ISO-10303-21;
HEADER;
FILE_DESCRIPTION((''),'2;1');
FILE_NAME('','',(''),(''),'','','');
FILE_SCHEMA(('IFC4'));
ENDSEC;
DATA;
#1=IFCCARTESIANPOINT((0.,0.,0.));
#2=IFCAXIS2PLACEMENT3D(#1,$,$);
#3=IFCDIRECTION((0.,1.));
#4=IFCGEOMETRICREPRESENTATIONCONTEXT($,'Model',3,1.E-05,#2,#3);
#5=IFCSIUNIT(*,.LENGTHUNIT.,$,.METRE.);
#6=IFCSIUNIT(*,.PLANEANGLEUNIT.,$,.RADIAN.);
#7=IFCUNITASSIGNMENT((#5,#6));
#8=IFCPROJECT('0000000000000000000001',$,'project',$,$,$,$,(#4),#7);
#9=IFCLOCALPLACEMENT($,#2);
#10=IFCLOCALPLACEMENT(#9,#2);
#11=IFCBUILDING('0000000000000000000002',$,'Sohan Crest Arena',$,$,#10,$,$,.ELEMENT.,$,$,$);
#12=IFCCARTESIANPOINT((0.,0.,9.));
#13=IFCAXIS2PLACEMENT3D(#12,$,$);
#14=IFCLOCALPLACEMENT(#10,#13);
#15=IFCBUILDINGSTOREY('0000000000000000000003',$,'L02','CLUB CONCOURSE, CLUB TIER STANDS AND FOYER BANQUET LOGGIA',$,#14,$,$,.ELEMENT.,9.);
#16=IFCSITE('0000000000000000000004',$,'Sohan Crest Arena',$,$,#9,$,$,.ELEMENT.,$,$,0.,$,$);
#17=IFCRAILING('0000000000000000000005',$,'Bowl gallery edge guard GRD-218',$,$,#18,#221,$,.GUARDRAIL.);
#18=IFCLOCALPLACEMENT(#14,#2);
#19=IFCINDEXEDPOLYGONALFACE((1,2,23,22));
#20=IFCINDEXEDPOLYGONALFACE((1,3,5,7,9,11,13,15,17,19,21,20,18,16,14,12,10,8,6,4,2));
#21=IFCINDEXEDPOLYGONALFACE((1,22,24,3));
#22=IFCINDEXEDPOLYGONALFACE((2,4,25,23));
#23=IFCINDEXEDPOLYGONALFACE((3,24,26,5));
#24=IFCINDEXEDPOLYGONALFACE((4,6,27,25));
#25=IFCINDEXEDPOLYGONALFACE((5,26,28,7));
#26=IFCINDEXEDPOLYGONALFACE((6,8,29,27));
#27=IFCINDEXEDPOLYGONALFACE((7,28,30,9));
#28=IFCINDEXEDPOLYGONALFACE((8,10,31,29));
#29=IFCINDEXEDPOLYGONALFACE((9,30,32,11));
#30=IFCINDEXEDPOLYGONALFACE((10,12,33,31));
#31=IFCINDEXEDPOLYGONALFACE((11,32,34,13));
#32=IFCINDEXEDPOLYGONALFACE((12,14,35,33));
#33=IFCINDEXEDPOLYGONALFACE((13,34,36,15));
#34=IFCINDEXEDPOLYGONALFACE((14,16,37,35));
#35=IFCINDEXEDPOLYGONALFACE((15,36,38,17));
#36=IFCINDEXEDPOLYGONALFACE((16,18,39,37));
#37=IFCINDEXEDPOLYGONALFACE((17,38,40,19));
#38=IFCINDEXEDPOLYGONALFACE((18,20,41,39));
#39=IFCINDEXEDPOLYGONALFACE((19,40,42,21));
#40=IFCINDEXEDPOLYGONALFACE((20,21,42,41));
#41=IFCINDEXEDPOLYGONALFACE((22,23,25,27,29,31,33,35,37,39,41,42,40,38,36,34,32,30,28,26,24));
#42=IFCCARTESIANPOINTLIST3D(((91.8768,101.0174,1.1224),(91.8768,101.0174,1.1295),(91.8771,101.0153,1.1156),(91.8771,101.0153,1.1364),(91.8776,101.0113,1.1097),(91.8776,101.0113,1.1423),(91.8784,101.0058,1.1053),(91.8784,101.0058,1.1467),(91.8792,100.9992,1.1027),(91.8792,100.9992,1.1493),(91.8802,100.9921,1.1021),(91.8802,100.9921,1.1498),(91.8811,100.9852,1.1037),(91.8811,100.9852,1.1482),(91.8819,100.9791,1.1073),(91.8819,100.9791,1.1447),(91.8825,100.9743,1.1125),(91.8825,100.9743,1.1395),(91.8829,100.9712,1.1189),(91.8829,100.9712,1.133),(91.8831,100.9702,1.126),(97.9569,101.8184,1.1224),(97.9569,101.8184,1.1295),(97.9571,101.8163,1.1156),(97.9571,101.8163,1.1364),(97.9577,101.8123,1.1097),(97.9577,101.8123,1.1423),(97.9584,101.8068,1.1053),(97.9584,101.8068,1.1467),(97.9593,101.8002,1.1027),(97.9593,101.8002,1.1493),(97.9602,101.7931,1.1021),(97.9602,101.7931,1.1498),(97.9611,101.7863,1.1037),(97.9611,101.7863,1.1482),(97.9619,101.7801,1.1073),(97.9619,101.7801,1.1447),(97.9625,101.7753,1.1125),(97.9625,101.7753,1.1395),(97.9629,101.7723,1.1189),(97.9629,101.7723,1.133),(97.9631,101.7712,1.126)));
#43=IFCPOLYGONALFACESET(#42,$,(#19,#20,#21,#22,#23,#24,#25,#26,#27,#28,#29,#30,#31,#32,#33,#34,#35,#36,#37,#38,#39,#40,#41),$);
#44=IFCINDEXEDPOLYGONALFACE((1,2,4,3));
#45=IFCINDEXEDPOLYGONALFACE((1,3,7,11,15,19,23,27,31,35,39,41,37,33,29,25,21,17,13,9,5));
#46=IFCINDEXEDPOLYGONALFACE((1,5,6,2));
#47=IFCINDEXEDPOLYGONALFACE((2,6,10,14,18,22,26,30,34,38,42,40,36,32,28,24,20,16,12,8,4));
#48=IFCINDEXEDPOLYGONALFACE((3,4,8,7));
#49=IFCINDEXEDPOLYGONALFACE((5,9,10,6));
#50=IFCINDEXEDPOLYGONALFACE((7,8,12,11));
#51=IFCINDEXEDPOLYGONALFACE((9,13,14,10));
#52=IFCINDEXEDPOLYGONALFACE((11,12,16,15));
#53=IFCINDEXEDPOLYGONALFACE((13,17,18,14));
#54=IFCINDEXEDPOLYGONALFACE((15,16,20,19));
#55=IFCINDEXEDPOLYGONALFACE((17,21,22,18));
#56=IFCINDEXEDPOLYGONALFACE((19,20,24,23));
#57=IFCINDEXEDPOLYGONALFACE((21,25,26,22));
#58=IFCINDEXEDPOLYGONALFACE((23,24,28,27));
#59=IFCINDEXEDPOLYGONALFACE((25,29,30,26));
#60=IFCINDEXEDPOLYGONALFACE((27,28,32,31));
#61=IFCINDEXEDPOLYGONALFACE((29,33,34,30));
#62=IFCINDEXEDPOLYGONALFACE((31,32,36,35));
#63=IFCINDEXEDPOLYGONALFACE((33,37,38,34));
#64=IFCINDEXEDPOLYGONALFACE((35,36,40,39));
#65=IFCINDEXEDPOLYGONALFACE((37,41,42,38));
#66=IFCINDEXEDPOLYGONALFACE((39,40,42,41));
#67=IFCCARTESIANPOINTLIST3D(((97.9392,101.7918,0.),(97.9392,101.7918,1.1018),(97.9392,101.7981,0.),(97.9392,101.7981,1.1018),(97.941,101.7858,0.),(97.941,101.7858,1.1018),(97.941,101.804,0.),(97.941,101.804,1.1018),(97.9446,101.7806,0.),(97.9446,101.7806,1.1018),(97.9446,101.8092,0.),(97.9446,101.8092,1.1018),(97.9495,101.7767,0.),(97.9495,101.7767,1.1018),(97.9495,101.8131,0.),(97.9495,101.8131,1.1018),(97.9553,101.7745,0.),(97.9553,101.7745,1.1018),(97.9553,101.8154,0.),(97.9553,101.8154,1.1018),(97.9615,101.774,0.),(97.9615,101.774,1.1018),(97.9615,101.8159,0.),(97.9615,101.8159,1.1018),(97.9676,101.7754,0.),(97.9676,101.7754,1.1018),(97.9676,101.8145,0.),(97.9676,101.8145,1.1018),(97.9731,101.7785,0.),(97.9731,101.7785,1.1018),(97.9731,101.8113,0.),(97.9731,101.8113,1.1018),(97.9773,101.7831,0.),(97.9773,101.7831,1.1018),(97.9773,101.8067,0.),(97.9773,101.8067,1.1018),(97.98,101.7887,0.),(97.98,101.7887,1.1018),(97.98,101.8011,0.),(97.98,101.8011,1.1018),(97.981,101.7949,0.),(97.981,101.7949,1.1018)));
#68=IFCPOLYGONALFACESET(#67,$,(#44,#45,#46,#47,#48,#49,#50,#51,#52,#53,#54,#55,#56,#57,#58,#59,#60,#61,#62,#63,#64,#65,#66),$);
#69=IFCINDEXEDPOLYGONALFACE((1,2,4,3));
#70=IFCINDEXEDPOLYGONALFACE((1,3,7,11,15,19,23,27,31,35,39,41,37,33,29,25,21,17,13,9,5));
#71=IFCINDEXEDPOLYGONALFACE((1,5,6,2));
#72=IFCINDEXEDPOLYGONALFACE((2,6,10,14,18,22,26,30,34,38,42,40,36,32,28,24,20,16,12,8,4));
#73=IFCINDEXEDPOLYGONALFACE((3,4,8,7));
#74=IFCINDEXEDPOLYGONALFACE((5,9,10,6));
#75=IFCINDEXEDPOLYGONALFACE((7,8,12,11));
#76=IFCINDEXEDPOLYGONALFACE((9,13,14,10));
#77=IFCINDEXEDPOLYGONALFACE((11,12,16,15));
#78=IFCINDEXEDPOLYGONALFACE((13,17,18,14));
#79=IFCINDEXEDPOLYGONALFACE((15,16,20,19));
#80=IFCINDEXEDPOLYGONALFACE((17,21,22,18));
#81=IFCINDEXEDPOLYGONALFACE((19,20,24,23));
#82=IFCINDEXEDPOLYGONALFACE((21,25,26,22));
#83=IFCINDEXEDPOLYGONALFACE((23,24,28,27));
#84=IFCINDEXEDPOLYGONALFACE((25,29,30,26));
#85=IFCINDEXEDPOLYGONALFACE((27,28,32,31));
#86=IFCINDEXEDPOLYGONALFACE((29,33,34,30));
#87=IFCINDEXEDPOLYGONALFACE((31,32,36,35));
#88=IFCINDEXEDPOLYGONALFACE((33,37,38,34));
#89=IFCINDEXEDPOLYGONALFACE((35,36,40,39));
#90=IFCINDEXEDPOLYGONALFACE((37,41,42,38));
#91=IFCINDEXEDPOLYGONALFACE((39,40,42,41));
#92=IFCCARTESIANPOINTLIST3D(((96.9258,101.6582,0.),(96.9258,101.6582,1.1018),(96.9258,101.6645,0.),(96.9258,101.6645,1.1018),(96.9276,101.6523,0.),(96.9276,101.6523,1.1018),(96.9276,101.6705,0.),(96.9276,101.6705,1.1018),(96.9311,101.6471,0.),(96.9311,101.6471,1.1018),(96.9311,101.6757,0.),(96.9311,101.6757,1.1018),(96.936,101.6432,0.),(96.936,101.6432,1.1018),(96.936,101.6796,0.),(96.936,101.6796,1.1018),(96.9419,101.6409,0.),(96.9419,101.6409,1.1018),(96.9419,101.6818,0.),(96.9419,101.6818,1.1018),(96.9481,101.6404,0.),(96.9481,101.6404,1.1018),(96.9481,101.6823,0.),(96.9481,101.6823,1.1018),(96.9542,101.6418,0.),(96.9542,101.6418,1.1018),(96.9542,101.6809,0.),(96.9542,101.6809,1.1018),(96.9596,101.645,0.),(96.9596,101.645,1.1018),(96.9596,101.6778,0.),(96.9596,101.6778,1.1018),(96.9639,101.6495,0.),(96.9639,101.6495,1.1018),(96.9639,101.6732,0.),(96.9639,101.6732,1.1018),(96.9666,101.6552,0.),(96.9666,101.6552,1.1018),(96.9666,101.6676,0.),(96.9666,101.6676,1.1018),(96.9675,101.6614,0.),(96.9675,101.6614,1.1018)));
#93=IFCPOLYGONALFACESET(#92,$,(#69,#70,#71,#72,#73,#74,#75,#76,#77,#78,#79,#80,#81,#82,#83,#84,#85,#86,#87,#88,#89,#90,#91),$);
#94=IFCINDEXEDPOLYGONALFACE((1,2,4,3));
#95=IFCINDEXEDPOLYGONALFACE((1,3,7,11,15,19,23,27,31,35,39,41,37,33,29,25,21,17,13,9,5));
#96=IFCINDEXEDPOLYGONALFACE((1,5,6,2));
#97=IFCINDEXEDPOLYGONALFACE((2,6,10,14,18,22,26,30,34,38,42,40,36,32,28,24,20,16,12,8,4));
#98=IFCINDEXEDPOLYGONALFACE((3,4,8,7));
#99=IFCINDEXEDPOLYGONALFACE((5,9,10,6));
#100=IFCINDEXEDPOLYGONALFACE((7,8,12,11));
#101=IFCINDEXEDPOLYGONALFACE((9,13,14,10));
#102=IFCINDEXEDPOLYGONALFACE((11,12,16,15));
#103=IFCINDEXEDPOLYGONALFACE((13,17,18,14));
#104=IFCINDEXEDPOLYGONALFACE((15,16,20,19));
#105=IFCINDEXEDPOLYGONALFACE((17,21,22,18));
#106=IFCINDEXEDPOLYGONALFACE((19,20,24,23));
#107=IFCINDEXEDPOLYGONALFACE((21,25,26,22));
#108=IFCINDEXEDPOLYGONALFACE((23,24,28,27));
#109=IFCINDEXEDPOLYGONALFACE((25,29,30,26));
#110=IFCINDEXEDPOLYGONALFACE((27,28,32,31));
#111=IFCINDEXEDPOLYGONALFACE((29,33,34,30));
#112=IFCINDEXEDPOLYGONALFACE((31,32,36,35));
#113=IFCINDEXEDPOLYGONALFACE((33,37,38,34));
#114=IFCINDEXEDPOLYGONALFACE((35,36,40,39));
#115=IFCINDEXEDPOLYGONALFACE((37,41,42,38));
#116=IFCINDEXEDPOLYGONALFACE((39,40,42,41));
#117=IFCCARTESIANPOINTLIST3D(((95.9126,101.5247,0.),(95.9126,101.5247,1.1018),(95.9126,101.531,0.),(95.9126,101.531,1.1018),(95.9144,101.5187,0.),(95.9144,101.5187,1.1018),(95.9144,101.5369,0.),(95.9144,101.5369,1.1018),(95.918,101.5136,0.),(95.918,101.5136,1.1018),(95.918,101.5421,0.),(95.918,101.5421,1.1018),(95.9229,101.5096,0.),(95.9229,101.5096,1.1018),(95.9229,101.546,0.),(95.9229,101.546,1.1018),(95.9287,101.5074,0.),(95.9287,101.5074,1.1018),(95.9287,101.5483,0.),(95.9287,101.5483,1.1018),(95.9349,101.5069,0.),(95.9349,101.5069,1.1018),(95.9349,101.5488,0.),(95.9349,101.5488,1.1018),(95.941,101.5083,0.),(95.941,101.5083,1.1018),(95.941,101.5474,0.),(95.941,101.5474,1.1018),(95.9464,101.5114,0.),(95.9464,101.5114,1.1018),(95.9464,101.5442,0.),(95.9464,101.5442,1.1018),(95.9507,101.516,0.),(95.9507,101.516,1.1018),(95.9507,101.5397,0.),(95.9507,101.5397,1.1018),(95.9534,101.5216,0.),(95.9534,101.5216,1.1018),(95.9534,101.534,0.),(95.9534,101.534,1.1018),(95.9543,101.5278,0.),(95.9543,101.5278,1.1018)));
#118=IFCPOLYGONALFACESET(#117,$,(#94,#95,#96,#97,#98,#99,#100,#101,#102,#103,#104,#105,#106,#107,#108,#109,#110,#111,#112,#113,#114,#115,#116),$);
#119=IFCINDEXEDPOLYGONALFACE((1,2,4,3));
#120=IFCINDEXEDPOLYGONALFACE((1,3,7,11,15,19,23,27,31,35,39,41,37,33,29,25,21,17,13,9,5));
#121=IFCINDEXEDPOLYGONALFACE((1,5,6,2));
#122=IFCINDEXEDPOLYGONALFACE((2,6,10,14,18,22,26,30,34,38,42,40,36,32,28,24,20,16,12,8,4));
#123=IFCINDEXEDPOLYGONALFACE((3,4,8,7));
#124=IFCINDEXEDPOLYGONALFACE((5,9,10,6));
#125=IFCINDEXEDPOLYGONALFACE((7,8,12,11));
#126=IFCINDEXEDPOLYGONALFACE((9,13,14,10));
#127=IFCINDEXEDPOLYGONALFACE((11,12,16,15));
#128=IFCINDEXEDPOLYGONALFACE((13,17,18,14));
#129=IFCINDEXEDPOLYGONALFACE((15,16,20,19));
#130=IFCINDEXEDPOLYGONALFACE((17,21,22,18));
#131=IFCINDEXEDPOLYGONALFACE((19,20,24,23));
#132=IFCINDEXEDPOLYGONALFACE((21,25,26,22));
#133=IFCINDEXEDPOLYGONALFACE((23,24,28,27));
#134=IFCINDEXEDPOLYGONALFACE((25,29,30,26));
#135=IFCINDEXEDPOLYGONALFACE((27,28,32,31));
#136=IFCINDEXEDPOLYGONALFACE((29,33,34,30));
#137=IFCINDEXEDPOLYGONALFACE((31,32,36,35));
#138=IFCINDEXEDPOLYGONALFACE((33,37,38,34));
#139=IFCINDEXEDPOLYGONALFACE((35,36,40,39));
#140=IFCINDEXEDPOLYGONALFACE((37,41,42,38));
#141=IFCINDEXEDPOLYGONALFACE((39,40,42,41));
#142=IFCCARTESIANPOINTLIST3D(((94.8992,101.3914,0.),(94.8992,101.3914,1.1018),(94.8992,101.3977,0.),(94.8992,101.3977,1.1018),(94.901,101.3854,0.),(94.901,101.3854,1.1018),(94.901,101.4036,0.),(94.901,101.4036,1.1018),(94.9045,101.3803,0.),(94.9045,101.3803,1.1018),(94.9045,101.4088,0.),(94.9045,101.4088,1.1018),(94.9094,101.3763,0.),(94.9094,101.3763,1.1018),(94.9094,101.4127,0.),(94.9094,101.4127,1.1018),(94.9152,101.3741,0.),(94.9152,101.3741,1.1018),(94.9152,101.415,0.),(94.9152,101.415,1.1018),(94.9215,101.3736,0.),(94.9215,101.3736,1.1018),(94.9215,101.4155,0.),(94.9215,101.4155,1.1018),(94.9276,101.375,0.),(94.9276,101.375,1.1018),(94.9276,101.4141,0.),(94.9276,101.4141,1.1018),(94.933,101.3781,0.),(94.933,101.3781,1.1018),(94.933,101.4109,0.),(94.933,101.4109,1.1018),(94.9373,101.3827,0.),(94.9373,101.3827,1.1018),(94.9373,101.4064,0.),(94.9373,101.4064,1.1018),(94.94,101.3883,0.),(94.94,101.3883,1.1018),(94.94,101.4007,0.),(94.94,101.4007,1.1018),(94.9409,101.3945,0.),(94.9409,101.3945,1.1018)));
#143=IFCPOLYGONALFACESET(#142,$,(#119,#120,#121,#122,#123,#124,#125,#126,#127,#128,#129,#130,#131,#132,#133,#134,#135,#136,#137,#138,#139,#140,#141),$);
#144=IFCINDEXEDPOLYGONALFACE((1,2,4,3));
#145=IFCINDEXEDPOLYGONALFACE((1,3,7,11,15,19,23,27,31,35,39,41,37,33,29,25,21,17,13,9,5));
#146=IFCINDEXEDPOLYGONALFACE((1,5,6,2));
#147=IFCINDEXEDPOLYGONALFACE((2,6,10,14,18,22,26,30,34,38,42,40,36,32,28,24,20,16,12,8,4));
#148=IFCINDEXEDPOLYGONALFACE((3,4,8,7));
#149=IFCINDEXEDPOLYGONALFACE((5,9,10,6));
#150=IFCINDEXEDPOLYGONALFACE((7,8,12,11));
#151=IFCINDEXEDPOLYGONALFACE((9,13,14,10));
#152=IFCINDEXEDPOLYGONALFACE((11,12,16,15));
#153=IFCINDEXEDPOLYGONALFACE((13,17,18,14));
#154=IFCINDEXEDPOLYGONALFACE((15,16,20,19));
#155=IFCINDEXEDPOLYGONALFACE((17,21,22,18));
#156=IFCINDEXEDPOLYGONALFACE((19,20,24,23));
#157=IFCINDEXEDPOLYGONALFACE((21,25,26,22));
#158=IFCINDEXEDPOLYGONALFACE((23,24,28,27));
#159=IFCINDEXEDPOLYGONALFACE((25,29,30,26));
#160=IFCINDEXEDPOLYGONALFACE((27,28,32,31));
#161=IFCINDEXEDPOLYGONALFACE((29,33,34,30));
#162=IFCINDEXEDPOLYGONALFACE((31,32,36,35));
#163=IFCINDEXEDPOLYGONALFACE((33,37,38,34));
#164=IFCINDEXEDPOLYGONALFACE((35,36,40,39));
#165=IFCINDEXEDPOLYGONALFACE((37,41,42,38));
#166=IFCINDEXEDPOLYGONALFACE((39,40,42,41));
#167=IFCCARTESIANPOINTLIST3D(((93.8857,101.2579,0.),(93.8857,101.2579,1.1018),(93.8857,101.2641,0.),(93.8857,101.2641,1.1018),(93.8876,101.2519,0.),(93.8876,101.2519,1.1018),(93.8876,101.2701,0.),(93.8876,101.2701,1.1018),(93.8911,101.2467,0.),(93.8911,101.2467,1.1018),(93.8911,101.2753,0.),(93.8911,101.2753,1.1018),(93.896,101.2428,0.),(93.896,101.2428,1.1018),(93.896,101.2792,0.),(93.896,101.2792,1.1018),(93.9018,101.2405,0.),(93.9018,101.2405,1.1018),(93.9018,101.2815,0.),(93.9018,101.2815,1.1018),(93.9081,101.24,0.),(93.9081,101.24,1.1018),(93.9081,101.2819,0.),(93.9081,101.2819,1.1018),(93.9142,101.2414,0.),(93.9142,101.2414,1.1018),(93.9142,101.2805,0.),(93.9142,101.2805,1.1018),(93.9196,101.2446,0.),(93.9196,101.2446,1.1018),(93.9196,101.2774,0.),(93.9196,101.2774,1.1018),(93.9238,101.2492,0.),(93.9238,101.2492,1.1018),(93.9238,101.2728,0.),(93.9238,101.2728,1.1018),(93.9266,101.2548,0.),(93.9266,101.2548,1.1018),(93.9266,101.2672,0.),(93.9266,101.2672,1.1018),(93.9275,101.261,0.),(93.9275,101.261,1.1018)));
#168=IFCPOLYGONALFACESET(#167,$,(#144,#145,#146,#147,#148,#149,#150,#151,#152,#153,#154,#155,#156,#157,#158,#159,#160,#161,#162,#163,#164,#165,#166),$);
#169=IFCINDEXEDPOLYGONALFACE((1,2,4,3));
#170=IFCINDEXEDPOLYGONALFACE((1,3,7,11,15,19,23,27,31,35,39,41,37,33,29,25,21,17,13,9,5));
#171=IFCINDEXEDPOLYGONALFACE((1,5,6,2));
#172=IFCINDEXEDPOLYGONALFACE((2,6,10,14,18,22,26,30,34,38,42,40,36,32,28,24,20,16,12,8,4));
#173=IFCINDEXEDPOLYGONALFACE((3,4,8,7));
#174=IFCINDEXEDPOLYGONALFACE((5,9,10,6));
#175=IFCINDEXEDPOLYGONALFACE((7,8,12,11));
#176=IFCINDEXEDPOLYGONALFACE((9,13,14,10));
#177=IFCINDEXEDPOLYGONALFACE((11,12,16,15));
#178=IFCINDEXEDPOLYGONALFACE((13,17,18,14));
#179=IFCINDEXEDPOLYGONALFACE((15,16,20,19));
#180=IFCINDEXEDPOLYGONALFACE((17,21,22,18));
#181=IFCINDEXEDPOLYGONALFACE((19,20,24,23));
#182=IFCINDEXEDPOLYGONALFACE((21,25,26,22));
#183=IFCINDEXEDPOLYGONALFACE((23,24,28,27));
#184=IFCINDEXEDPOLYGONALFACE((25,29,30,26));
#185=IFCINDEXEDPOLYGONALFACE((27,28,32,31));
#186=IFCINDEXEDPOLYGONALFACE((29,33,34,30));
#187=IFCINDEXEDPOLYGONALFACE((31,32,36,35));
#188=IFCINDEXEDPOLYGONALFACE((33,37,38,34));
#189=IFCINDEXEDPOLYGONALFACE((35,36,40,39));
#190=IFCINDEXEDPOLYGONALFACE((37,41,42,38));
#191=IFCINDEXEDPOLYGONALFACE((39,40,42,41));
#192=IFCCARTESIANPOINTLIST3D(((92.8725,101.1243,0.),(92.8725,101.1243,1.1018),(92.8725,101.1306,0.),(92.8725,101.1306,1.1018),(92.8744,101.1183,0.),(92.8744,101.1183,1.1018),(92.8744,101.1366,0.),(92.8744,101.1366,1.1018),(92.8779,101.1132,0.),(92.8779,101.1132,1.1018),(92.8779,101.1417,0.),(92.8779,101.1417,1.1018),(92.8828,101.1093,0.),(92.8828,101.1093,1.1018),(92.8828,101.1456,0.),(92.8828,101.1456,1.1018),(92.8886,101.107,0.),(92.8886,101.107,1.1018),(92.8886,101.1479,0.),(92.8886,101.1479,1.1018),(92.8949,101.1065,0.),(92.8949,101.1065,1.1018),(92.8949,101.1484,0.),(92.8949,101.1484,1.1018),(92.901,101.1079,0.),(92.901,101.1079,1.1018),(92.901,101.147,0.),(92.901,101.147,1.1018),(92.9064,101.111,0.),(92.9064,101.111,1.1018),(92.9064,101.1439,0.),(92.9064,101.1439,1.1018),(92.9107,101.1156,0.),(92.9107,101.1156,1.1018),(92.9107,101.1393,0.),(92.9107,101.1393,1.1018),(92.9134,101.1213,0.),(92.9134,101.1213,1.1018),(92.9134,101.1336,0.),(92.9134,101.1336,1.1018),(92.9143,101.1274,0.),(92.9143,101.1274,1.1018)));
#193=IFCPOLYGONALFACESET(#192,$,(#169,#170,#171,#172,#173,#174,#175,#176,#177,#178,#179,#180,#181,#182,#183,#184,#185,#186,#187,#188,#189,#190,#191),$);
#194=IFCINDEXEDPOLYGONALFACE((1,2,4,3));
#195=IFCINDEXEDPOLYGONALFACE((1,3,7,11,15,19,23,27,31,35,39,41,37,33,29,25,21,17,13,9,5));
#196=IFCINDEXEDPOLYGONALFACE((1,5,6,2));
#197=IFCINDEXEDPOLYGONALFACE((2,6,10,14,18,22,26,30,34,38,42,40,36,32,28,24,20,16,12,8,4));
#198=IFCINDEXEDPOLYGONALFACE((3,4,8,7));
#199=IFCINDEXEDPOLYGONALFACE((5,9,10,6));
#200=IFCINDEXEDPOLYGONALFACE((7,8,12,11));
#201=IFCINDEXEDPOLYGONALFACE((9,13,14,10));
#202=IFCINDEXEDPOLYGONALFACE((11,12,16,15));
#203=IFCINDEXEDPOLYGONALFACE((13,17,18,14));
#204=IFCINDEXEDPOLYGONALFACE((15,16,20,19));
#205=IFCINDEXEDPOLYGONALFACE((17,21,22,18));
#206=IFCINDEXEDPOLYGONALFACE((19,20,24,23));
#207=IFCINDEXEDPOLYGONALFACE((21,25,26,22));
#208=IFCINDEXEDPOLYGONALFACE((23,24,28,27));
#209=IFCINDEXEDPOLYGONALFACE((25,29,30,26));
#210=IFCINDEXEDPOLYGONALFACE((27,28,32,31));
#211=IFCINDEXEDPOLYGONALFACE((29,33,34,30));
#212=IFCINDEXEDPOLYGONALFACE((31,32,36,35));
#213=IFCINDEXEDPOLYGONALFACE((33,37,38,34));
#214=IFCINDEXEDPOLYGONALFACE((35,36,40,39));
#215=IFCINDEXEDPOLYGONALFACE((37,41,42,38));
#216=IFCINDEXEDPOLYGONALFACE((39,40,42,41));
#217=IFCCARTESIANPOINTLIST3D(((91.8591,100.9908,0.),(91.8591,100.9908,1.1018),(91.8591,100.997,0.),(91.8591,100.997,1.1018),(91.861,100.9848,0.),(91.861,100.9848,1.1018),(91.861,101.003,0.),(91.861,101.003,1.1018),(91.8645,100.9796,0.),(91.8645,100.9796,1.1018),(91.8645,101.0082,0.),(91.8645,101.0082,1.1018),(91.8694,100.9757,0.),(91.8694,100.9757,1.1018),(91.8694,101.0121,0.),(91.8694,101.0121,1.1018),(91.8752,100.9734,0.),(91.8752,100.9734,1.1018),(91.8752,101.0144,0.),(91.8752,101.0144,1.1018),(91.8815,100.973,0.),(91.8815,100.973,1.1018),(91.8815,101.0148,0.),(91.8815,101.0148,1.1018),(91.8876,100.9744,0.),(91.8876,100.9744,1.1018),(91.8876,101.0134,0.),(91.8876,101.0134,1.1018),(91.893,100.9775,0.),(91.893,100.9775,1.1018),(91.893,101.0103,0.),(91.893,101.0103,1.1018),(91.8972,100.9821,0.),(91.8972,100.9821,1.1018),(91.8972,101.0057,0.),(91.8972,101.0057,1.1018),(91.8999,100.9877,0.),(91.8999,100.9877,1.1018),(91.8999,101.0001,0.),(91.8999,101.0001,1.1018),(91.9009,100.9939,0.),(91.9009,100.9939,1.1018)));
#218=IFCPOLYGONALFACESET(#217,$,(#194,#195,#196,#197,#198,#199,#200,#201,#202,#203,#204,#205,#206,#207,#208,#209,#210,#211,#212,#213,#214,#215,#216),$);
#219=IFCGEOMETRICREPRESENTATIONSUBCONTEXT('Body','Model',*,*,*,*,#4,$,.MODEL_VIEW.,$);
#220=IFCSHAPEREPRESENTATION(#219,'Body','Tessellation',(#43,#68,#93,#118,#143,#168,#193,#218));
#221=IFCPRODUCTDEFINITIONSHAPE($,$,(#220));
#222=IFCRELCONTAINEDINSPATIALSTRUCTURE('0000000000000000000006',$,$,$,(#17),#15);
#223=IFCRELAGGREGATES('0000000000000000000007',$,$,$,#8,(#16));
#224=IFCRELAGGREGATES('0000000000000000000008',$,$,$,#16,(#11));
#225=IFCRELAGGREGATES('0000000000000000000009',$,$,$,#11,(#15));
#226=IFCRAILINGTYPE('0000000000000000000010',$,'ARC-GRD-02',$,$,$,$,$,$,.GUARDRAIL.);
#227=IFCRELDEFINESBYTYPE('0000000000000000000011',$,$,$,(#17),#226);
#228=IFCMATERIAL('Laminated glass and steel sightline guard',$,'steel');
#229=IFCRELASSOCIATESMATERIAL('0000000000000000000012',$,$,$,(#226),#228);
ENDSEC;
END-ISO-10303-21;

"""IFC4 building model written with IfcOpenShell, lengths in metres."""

from ifc_helpers import new_model, si_unit, direction, frame, origin, origin_2d, place, context, subcontext, project, spatial, circle, extrude, material, type_object, element, save


model = new_model("IFC4")

# Units and contexts
model_context = context("Model", 3, precision=1e-05, world=origin(), true_north=direction((0.0, 1.0)))
body_context = subcontext(model_context, "Body", "Model", "MODEL_VIEW")
ifc_project = project(units=[si_unit("LENGTHUNIT", "METRE"), si_unit("PLANEANGLEUNIT", "RADIAN")], contexts=[model_context])

# Site, building, storey
site_placement = place(None, origin())
site = spatial("IfcSite", under=ifc_project, at=site_placement, Name="Sohan Crest Arena", CompositionType="ELEMENT", RefElevation=0.0)
building_placement = place(site_placement, origin())
building = spatial("IfcBuilding", under=site, at=building_placement, Name="Sohan Crest Arena", CompositionType="ELEMENT")
storey_placement = place(building_placement, frame((0.0, 0.0, 9.0)))
storey = spatial("IfcBuildingStorey", under=building, at=storey_placement, Name="L02", Description="CLUB CONCOURSE, CLUB TIER STANDS AND FOYER BANQUET LOGGIA", CompositionType="ELEMENT", Elevation=9.0)

# Railing
ifc_material_1 = material(Name="Laminated glass and steel sightline guard", Category="steel")
railing_type_1 = type_object("IfcRailingType", Name="ARC-GRD-02", PredefinedType="GUARDRAIL", material=ifc_material_1)
railing_1_placement = place(storey_placement, frame((97.96, 101.7949, 0.0)))
element("IfcRailing", 1, at=railing_1_placement, inside=storey, type_object=railing_type_1, Name="Bowl gallery edge guard GRD-218", PredefinedType="GUARDRAIL", context=body_context, shape_type="SweptSolid", body=[
    extrude(circle(Radius=0.0239, at=origin_2d()), frame((0.0, 0.0, 1.126), z_axis=(-0.991433, -0.130617, 0.0), x_axis=(0.130617, -0.991433, 0.0)), (0.0, 0.0, 1.0), 6.1326),
    extrude(circle(Radius=0.021, at=origin_2d()), origin(), (0.0, 0.0, 1.0), 1.1018),
    extrude(circle(Radius=0.021, at=origin_2d()), frame((-1.0134, -0.1335, 0.0)), (0.0, 0.0, 1.0), 1.1018),
    extrude(circle(Radius=0.021, at=origin_2d()), frame((-2.0266, -0.2671, 0.0)), (0.0, 0.0, 1.0), 1.1018),
    extrude(circle(Radius=0.021, at=origin_2d()), frame((-3.04, -0.4004, 0.0)), (0.0, 0.0, 1.0), 1.1018),
    extrude(circle(Radius=0.021, at=origin_2d()), frame((-4.0535, -0.5339, 0.0)), (0.0, 0.0, 1.0), 1.1018),
    extrude(circle(Radius=0.021, at=origin_2d()), frame((-5.0667, -0.6675, 0.0)), (0.0, 0.0, 1.0), 1.1018),
    extrude(circle(Radius=0.021, at=origin_2d()), frame((-6.0801, -0.801, 0.0)), (0.0, 0.0, 1.0), 1.1018),
])

save(model, "model.ifc")
